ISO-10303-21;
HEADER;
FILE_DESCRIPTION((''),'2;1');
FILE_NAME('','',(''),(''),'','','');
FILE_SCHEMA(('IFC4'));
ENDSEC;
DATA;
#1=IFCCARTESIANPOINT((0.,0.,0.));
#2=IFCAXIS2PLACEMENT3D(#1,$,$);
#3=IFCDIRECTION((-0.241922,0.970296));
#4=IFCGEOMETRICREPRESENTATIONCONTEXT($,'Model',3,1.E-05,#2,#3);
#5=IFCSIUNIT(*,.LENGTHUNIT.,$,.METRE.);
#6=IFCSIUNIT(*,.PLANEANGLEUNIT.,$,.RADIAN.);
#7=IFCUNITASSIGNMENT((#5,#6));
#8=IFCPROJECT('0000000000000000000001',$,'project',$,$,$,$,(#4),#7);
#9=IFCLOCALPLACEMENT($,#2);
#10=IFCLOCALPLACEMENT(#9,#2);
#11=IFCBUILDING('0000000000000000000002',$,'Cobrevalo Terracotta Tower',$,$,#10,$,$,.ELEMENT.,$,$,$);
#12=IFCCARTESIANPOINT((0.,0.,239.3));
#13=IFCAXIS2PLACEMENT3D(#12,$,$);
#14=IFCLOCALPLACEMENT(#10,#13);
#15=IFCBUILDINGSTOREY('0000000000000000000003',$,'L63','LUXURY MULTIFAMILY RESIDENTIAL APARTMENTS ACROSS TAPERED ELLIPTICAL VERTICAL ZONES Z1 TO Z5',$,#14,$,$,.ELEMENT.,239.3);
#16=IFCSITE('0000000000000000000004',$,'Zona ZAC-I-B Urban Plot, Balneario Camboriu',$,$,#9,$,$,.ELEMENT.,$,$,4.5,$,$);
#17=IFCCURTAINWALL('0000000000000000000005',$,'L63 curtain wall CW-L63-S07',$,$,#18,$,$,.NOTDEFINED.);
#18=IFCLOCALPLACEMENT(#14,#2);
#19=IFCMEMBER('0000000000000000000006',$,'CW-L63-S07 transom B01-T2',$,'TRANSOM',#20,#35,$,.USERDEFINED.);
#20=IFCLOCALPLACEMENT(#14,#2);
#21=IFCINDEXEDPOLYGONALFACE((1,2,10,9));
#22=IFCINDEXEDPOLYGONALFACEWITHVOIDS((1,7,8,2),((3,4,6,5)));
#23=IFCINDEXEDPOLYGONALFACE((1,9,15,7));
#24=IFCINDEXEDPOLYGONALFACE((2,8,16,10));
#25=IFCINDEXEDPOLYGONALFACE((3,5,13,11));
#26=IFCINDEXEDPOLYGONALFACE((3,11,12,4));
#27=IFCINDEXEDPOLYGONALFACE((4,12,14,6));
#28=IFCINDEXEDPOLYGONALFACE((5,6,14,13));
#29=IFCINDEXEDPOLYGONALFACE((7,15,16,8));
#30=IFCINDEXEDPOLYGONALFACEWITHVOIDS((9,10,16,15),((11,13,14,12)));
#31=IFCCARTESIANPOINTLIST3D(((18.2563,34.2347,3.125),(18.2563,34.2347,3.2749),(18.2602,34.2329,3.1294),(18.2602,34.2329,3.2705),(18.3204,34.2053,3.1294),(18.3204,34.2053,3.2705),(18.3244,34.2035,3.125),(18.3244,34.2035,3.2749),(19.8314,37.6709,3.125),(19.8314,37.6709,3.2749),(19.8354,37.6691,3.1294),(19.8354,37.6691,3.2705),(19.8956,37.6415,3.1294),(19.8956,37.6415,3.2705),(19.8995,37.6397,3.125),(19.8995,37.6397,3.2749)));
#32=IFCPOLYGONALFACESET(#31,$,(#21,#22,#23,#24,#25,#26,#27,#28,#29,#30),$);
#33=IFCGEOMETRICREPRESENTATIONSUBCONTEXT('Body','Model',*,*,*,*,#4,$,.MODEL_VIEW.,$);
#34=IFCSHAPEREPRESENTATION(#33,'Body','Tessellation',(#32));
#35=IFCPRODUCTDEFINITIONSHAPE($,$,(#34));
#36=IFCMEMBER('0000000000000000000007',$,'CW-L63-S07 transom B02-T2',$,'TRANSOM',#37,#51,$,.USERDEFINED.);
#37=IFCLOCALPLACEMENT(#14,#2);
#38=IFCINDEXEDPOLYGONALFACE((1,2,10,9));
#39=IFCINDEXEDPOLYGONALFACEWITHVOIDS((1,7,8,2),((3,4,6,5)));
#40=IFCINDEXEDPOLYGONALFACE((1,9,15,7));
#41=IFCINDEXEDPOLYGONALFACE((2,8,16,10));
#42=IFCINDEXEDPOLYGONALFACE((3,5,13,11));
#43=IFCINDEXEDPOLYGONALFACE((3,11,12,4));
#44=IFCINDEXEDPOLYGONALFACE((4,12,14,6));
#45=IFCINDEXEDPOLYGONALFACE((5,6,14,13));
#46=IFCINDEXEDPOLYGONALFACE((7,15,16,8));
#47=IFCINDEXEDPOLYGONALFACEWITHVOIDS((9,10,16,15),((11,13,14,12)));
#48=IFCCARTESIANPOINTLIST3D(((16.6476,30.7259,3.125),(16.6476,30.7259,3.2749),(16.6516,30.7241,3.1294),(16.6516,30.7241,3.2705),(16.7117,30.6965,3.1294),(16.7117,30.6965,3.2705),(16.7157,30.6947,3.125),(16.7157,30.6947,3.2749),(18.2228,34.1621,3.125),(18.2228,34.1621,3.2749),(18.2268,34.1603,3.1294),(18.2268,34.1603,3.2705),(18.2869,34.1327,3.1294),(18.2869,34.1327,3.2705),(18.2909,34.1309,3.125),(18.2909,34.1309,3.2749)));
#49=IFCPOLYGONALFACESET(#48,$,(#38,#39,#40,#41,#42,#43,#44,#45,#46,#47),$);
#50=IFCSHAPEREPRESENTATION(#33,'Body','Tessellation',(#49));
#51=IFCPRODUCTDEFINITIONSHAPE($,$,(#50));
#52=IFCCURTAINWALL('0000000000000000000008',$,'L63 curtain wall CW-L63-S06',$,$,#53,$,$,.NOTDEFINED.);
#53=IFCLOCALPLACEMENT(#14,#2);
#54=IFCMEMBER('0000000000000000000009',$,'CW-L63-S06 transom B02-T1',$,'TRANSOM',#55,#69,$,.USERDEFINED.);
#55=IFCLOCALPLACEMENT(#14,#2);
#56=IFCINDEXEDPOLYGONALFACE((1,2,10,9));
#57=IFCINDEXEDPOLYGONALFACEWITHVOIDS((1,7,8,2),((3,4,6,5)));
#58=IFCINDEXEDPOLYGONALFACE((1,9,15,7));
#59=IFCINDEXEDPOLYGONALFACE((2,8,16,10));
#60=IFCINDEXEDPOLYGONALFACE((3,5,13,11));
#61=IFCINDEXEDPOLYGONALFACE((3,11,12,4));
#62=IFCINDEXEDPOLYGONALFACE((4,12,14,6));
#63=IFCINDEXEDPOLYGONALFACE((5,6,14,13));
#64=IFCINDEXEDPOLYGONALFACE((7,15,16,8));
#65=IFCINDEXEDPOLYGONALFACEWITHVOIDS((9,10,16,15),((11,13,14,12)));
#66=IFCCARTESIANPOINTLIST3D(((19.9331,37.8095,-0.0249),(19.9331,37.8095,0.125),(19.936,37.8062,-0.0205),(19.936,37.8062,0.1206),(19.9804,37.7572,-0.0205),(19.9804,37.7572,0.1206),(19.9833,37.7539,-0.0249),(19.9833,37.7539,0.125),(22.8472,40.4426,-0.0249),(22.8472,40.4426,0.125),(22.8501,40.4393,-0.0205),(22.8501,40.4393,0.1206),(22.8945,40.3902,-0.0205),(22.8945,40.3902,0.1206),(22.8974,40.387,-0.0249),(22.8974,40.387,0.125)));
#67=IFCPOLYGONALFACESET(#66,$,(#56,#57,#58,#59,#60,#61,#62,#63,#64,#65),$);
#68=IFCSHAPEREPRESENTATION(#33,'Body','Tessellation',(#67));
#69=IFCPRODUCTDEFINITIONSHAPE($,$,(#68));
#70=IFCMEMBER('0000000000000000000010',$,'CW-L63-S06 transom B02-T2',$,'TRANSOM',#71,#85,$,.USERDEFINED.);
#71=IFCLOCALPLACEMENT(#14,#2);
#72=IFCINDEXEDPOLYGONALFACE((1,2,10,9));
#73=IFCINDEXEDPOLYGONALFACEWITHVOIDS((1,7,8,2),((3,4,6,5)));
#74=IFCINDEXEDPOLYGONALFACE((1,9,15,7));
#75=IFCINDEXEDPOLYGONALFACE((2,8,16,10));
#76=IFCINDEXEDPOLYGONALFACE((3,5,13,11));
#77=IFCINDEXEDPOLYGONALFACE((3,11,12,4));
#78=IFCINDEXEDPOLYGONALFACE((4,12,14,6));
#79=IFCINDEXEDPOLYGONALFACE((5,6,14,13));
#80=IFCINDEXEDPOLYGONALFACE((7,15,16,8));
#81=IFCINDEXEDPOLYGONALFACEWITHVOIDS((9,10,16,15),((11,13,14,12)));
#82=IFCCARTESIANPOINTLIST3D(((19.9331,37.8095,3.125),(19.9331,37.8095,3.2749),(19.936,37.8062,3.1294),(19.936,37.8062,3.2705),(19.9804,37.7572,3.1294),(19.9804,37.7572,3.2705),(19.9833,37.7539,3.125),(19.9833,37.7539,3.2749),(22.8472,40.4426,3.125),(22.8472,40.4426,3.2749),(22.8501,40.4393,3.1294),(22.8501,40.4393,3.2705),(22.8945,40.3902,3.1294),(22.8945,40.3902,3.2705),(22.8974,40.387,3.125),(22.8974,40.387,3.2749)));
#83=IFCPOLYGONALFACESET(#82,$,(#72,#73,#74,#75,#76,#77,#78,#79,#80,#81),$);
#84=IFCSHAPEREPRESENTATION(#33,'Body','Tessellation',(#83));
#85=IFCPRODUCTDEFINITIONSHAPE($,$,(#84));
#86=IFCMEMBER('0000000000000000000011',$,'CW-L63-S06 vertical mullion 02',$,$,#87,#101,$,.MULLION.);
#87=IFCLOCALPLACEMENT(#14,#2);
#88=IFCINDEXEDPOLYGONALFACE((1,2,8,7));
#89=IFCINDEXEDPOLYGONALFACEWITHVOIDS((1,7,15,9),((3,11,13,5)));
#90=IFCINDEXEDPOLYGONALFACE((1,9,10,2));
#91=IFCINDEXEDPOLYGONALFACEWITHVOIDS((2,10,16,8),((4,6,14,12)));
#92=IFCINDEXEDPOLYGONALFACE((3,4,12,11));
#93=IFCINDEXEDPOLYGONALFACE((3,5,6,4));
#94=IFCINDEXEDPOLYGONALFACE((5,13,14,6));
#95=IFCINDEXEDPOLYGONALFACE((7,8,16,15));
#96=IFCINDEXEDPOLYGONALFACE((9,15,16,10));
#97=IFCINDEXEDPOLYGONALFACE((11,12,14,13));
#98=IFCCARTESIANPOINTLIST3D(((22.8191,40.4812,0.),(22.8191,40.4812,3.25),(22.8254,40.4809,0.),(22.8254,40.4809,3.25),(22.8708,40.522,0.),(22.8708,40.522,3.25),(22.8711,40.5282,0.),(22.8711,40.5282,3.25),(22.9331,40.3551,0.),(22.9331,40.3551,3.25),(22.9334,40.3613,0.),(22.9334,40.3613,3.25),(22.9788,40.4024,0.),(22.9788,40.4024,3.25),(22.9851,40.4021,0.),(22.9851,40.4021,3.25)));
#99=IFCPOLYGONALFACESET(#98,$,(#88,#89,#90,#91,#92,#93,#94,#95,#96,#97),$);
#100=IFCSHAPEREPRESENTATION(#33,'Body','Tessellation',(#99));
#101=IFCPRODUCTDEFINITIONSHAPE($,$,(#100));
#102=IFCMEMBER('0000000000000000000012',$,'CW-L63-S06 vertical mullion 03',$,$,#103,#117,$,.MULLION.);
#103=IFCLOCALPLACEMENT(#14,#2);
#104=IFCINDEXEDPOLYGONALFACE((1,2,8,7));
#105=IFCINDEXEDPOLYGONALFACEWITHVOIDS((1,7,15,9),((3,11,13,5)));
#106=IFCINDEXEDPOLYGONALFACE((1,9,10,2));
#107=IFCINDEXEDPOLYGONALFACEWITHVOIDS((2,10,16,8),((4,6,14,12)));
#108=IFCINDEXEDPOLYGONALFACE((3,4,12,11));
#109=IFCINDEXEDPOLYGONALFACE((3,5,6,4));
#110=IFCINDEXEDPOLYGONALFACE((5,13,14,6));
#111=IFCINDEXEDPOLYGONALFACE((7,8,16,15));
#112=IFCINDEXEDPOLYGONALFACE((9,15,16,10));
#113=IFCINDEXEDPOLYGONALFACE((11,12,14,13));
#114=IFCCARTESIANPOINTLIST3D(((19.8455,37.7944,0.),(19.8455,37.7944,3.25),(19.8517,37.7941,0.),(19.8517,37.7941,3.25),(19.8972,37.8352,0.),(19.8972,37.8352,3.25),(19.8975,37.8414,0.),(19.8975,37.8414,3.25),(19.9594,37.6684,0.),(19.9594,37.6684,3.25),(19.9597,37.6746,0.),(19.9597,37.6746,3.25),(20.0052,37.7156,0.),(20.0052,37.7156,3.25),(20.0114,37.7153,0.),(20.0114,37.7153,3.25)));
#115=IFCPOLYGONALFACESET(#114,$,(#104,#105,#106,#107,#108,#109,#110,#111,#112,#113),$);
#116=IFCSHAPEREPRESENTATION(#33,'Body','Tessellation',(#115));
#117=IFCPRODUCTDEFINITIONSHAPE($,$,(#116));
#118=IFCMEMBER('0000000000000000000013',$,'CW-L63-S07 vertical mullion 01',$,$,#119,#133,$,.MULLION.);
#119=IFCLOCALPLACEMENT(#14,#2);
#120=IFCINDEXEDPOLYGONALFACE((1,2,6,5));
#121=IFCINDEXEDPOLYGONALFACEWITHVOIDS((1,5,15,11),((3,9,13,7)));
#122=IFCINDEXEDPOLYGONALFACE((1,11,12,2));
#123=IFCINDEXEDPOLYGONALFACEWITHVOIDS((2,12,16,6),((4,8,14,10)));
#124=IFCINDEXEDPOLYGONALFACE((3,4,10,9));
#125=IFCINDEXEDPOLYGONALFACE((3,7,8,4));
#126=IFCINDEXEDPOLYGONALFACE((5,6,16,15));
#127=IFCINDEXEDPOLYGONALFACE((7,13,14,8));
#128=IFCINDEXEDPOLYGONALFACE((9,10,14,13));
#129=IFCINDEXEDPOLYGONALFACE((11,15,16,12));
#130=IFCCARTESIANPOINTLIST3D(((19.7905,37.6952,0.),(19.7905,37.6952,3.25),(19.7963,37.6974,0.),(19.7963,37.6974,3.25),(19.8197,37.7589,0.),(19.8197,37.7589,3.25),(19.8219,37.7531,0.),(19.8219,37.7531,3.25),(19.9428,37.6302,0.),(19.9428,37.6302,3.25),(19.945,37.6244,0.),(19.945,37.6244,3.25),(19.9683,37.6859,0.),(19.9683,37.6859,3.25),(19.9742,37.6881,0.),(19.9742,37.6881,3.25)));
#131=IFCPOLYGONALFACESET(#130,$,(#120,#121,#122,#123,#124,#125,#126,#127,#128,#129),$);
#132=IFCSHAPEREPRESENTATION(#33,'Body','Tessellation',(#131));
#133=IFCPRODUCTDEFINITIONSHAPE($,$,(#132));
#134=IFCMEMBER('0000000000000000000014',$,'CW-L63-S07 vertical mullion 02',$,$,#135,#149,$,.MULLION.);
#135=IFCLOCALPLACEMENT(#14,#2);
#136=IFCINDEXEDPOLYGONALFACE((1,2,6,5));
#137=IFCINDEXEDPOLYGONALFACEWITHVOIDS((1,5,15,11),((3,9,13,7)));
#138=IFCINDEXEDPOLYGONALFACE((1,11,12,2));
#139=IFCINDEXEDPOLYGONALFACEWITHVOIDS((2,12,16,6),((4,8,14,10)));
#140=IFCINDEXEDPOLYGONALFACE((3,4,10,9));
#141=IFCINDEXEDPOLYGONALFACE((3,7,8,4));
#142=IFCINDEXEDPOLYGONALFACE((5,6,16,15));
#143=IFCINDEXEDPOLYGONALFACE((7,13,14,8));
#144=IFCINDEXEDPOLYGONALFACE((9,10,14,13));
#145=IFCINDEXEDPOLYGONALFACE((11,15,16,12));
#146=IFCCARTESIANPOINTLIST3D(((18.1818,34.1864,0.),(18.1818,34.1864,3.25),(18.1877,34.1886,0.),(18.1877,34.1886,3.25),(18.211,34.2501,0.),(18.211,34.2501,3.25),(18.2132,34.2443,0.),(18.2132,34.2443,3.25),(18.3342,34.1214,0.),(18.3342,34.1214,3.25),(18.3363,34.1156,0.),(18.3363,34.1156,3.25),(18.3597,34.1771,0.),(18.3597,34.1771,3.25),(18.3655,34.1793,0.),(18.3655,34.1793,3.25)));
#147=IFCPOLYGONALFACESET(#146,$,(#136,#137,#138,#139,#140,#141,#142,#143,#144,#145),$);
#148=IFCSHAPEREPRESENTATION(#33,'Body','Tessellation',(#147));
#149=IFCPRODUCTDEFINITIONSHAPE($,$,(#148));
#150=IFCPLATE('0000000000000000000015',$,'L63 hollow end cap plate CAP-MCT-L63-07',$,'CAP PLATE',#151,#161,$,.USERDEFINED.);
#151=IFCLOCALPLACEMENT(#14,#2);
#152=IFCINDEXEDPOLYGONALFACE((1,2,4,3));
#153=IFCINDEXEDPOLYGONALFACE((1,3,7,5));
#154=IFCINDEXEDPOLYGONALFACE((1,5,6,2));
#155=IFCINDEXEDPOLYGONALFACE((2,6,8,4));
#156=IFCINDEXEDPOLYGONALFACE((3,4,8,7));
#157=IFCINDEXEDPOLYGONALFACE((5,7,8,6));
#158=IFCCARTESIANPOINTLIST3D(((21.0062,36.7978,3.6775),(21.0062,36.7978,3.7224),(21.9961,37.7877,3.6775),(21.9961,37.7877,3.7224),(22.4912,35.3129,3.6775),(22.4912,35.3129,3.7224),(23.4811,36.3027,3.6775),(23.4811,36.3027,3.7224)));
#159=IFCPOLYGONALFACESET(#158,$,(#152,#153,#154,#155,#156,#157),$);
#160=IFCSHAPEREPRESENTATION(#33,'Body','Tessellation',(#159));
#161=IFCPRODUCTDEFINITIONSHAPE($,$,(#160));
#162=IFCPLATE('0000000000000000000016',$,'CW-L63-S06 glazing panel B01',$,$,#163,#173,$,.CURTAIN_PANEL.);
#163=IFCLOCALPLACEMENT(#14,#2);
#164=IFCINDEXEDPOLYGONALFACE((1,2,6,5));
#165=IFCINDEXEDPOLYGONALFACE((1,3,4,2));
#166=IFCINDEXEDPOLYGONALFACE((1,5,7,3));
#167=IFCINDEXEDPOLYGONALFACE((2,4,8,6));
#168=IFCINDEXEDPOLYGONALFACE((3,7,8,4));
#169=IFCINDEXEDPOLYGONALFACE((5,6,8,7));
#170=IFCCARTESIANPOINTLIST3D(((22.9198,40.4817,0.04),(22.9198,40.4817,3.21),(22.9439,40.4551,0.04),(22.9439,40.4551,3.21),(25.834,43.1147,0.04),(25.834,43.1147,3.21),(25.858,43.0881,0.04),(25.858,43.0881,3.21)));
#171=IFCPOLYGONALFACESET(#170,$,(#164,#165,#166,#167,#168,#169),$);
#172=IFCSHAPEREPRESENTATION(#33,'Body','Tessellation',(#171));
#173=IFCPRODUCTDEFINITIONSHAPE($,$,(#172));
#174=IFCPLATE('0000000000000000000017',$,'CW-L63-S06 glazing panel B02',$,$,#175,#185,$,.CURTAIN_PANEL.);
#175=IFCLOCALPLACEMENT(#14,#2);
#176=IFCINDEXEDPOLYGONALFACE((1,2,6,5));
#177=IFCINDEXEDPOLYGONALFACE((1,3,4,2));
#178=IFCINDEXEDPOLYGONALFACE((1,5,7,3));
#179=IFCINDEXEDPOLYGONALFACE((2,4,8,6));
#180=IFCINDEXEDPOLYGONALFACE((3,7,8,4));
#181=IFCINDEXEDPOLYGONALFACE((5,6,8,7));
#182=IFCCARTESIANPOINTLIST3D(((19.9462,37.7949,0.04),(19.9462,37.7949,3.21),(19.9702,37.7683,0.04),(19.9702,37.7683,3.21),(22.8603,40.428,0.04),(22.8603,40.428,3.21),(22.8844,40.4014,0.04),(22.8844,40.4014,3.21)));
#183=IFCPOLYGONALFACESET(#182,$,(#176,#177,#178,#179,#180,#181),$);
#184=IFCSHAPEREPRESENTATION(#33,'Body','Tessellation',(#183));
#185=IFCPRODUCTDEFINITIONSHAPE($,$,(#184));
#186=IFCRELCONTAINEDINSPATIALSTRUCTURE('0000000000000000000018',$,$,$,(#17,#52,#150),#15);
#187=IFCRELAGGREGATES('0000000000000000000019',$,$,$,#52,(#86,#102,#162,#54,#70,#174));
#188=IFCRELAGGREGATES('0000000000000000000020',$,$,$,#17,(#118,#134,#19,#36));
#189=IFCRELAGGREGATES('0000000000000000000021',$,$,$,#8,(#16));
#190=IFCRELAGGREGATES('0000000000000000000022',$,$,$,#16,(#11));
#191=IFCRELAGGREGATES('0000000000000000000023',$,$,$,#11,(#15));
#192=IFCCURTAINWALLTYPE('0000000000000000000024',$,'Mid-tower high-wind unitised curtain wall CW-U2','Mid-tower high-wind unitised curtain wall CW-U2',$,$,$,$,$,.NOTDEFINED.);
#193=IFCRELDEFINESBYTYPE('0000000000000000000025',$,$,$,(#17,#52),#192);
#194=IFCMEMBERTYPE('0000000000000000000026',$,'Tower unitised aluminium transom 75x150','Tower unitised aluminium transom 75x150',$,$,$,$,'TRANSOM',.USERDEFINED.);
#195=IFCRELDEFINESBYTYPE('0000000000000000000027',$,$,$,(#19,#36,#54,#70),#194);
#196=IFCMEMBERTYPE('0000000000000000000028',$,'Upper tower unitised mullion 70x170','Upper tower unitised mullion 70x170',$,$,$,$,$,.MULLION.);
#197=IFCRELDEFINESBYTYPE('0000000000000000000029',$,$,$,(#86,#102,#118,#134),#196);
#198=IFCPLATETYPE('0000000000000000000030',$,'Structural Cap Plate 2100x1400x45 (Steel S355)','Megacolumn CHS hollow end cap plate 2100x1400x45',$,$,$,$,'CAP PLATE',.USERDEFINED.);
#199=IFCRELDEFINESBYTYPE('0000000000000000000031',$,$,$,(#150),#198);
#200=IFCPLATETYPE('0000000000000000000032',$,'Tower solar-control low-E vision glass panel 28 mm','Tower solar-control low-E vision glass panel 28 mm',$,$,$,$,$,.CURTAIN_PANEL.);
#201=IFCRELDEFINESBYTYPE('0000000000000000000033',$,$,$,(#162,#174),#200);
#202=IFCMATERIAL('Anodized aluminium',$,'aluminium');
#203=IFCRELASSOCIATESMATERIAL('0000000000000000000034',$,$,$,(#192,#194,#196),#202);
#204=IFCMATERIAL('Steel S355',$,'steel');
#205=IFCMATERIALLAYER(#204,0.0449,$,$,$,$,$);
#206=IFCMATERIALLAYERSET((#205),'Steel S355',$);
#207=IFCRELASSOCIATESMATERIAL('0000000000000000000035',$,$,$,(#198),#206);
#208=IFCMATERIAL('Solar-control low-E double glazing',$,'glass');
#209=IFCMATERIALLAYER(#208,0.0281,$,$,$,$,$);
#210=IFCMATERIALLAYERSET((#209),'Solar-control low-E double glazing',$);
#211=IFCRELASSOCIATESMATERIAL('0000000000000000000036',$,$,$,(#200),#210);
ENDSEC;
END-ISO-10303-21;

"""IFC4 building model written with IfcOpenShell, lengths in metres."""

from ifc_helpers import new_model, si_unit, direction, frame, origin, origin_2d, place, context, subcontext, project, spatial, rectangle, hollow_rectangle, extrude, source, transform, mapped, material, layer, layer_set, material_profile, profile_set, type_object, element, aggregate, save


model = new_model("IFC4")

# Units and contexts
model_context = context("Model", 3, precision=1e-05, world=origin(), true_north=direction((-0.241922, 0.970296)))
body_context = subcontext(model_context, "Body", "Model", "MODEL_VIEW")
ifc_project = project(units=[si_unit("LENGTHUNIT", "METRE"), si_unit("PLANEANGLEUNIT", "RADIAN")], contexts=[model_context])

# Site, building, storey
site_placement = place(None, origin())
site = spatial("IfcSite", under=ifc_project, at=site_placement, Name="Zona ZAC-I-B Urban Plot, Balneario Camboriu", CompositionType="ELEMENT", RefElevation=4.5)
building_placement = place(site_placement, origin())
building = spatial("IfcBuilding", under=site, at=building_placement, Name="Cobrevalo Terracotta Tower", CompositionType="ELEMENT")
storey_placement = place(building_placement, frame((0.0, 0.0, 239.3)))
storey = spatial("IfcBuildingStorey", under=building, at=storey_placement, Name="L63", Description="LUXURY MULTIFAMILY RESIDENTIAL APARTMENTS ACROSS TAPERED ELLIPTICAL VERTICAL ZONES Z1 TO Z5", CompositionType="ELEMENT", Elevation=239.3)

# Shared definitions
ifc_material_1 = material(Name="Steel S355", Category="steel")

# Curtain walls, members
ifc_material_2 = material(Name="Anodized aluminium", Category="aluminium")
curtain_wall_type = type_object("IfcCurtainWallType", Name="Mid-tower high-wind unitised curtain wall CW-U2", Description="Mid-tower high-wind unitised curtain wall CW-U2", PredefinedType="NOTDEFINED", material=ifc_material_2)
curtain_wall_1_placement = place(storey_placement, origin())
curtain_wall_1 = element("IfcCurtainWall", 1, at=curtain_wall_1_placement, inside=storey, type_object=curtain_wall_type, Name="L63 curtain wall CW-L63-S07", PredefinedType="NOTDEFINED")
ifc_material_profile_1 = material_profile(ifc_material_2, hollow_rectangle(XDim=0.075, YDim=0.1499, WallThickness=0.0044, at=origin_2d()), Name="CWT 75x150")
ifc_profile_set_1 = profile_set([ifc_material_profile_1], Name="Anodized aluminium")
member_type_1 = type_object("IfcMemberType", Name="Tower unitised aluminium transom 75x150", Description="Tower unitised aluminium transom 75x150", ElementType="TRANSOM", PredefinedType="USERDEFINED", material=ifc_profile_set_1)
shared_shape_1 = source(origin(), body_context, "Body", "SweptSolid", [
    extrude(hollow_rectangle(XDim=0.075, YDim=0.1499, WallThickness=0.0044, at=origin_2d()), origin(), (0.0, 0.0, 1.0), 3.78),
])
member_1_placement = place(storey_placement, frame((19.8655, 37.6553, 3.2), z_axis=(-0.416706, -0.909041, 0.0), x_axis=(0.909041, -0.416706, 0.0)))
member_1 = element("IfcMember", 2, at=member_1_placement, type_object=member_type_1, Name="CW-L63-S07 transom B01-T2", ObjectType="TRANSOM", PredefinedType="USERDEFINED", context=body_context, shape_type="MappedRepresentation", body=[
    mapped(shared_shape_1, transform((0.0, 0.0, 0.0), scale=1.0)),
])
member_2_placement = place(storey_placement, frame((18.2568, 34.1465, 3.2), z_axis=(-0.416706, -0.909041, 0.0), x_axis=(0.909041, -0.416706, 0.0)))
member_2 = element("IfcMember", 3, at=member_2_placement, type_object=member_type_1, Name="CW-L63-S07 transom B02-T2", ObjectType="TRANSOM", PredefinedType="USERDEFINED", context=body_context, shape_type="MappedRepresentation", body=[
    mapped(shared_shape_1, transform((0.0, 0.0, 0.0), scale=1.0)),
])
curtain_wall_2_placement = place(storey_placement, origin())
curtain_wall_2 = element("IfcCurtainWall", 4, at=curtain_wall_2_placement, inside=storey, type_object=curtain_wall_type, Name="L63 curtain wall CW-L63-S06", PredefinedType="NOTDEFINED")
shared_shape_2 = source(origin(), body_context, "Body", "SweptSolid", [
    extrude(hollow_rectangle(XDim=0.075, YDim=0.1499, WallThickness=0.0044, at=origin_2d()), origin(), (0.0, 0.0, 1.0), 3.9275),
])
member_3_placement = place(storey_placement, frame((22.8723, 40.4148, 0.05), z_axis=(-0.741976, -0.670426, 0.0), x_axis=(0.670426, -0.741976, 0.0)))
member_3 = element("IfcMember", 5, at=member_3_placement, type_object=member_type_1, Name="CW-L63-S06 transom B02-T1", ObjectType="TRANSOM", PredefinedType="USERDEFINED", context=body_context, shape_type="MappedRepresentation", body=[
    mapped(shared_shape_2, transform((0.0, 0.0, 0.0), scale=1.0)),
])
member_4_placement = place(storey_placement, frame((22.8723, 40.4148, 3.2), z_axis=(-0.741976, -0.670426, 0.0), x_axis=(0.670426, -0.741976, 0.0)))
member_4 = element("IfcMember", 6, at=member_4_placement, type_object=member_type_1, Name="CW-L63-S06 transom B02-T2", ObjectType="TRANSOM", PredefinedType="USERDEFINED", context=body_context, shape_type="MappedRepresentation", body=[
    mapped(shared_shape_2, transform((0.0, 0.0, 0.0), scale=1.0)),
])
ifc_material_profile_2 = material_profile(ifc_material_2, hollow_rectangle(XDim=0.0701, YDim=0.1699, WallThickness=0.0044, at=origin_2d()), Name="CWM 70x170")
ifc_profile_set_2 = profile_set([ifc_material_profile_2], Name="Anodized aluminium")
member_type_2 = type_object("IfcMemberType", Name="Upper tower unitised mullion 70x170", Description="Upper tower unitised mullion 70x170", PredefinedType="MULLION", material=ifc_profile_set_2)
shared_shape_3 = source(origin(), body_context, "Body", "SweptSolid", [
    extrude(hollow_rectangle(XDim=0.0701, YDim=0.1699, WallThickness=0.0044, at=origin_2d()), origin(), (0.0, 0.0, 1.0), 3.25),
])
member_5_placement = place(storey_placement, frame((22.9021, 40.4417, 0.0), z_axis=(0.0, 0.0, 1.0), x_axis=(-0.741988, -0.670414, 0.0)))
member_5 = element("IfcMember", 7, at=member_5_placement, type_object=member_type_2, Name="CW-L63-S06 vertical mullion 02", PredefinedType="MULLION", context=body_context, shape_type="MappedRepresentation", body=[
    mapped(shared_shape_3, transform((0.0, 0.0, 0.0), scale=1.0)),
])
member_6_placement = place(storey_placement, frame((19.9285, 37.7549, 0.0), z_axis=(0.0, 0.0, 1.0), x_axis=(-0.741988, -0.670414, 0.0)))
member_6 = element("IfcMember", 8, at=member_6_placement, type_object=member_type_2, Name="CW-L63-S06 vertical mullion 03", PredefinedType="MULLION", context=body_context, shape_type="MappedRepresentation", body=[
    mapped(shared_shape_3, transform((0.0, 0.0, 0.0), scale=1.0)),
])

# Members
member_7_placement = place(storey_placement, frame((19.8823, 37.6917, 0.0), z_axis=(0.0, 0.0, 1.0), x_axis=(-0.416725, -0.909033, 0.0)))
member_7 = element("IfcMember", 9, at=member_7_placement, type_object=member_type_2, Name="CW-L63-S07 vertical mullion 01", PredefinedType="MULLION", context=body_context, shape_type="MappedRepresentation", body=[
    mapped(shared_shape_3, transform((0.0, 0.0, 0.0), scale=1.0)),
])
member_8_placement = place(storey_placement, frame((18.2737, 34.1829, 0.0), z_axis=(0.0, 0.0, 1.0), x_axis=(-0.416725, -0.909033, 0.0)))
member_8 = element("IfcMember", 10, at=member_8_placement, type_object=member_type_2, Name="CW-L63-S07 vertical mullion 02", PredefinedType="MULLION", context=body_context, shape_type="MappedRepresentation", body=[
    mapped(shared_shape_3, transform((0.0, 0.0, 0.0), scale=1.0)),
])

# Plates
ifc_layer_1 = layer(ifc_material_1, 0.0449)
ifc_layer_set_1 = layer_set([ifc_layer_1], Name="Steel S355")
plate_type_1 = type_object("IfcPlateType", Name="Structural Cap Plate 2100x1400x45 (Steel S355)", Description="Megacolumn CHS hollow end cap plate 2100x1400x45", ElementType="CAP PLATE", PredefinedType="USERDEFINED", material=ifc_layer_set_1)
shared_shape_4 = source(origin(), body_context, "Body", "SweptSolid", [
    extrude(rectangle(XDim=2.1001, YDim=1.3999, at=origin_2d()), origin(), (0.0, 0.0, 1.0), 0.0449),
])
plate_1_placement = place(storey_placement, frame((22.2437, 36.5503, 3.6775), z_axis=(0.0, 0.0, 1.0), x_axis=(-0.707107, 0.707107, 0.0)))
element("IfcPlate", 11, at=plate_1_placement, inside=storey, type_object=plate_type_1, Name="L63 hollow end cap plate CAP-MCT-L63-07", ObjectType="CAP PLATE", PredefinedType="USERDEFINED", context=body_context, shape_type="MappedRepresentation", body=[
    mapped(shared_shape_4, transform((0.0, 0.0, 0.0), scale=1.0)),
])
ifc_material_3 = material(Name="Solar-control low-E double glazing", Category="glass")
ifc_layer_2 = layer(ifc_material_3, 0.0281)
ifc_layer_set_2 = layer_set([ifc_layer_2], Name="Solar-control low-E double glazing")
plate_type_2 = type_object("IfcPlateType", Name="Tower solar-control low-E vision glass panel 28 mm", Description="Tower solar-control low-E vision glass panel 28 mm", PredefinedType="CURTAIN_PANEL", material=ifc_layer_set_2)
shared_shape_5 = source(origin(), body_context, "Body", "SweptSolid", [
    extrude(rectangle(XDim=3.9275, YDim=0.0359, at=origin_2d()), origin(), (0.0, 0.0, 1.0), 3.1699),
])
plate_2_placement = place(storey_placement, frame((24.3889, 41.7849, 0.04), z_axis=(0.0, 0.0, 1.0), x_axis=(-0.741988, -0.670414, 0.0)))
plate_2 = element("IfcPlate", 12, at=plate_2_placement, type_object=plate_type_2, Name="CW-L63-S06 glazing panel B01", PredefinedType="CURTAIN_PANEL", context=body_context, shape_type="MappedRepresentation", body=[
    mapped(shared_shape_5, transform((0.0, 0.0, 0.0), scale=1.0)),
])
plate_3_placement = place(storey_placement, frame((21.4153, 39.0981, 0.04), z_axis=(0.0, 0.0, 1.0), x_axis=(-0.741988, -0.670414, 0.0)))
plate_3 = element("IfcPlate", 13, at=plate_3_placement, type_object=plate_type_2, Name="CW-L63-S06 glazing panel B02", PredefinedType="CURTAIN_PANEL", context=body_context, shape_type="MappedRepresentation", body=[
    mapped(shared_shape_5, transform((0.0, 0.0, 0.0), scale=1.0)),
])
aggregate(curtain_wall_2, [member_5, member_6, plate_2, member_3, member_4, plate_3])
aggregate(curtain_wall_1, [member_7, member_8, member_1, member_2])

save(model, "model.ifc")
